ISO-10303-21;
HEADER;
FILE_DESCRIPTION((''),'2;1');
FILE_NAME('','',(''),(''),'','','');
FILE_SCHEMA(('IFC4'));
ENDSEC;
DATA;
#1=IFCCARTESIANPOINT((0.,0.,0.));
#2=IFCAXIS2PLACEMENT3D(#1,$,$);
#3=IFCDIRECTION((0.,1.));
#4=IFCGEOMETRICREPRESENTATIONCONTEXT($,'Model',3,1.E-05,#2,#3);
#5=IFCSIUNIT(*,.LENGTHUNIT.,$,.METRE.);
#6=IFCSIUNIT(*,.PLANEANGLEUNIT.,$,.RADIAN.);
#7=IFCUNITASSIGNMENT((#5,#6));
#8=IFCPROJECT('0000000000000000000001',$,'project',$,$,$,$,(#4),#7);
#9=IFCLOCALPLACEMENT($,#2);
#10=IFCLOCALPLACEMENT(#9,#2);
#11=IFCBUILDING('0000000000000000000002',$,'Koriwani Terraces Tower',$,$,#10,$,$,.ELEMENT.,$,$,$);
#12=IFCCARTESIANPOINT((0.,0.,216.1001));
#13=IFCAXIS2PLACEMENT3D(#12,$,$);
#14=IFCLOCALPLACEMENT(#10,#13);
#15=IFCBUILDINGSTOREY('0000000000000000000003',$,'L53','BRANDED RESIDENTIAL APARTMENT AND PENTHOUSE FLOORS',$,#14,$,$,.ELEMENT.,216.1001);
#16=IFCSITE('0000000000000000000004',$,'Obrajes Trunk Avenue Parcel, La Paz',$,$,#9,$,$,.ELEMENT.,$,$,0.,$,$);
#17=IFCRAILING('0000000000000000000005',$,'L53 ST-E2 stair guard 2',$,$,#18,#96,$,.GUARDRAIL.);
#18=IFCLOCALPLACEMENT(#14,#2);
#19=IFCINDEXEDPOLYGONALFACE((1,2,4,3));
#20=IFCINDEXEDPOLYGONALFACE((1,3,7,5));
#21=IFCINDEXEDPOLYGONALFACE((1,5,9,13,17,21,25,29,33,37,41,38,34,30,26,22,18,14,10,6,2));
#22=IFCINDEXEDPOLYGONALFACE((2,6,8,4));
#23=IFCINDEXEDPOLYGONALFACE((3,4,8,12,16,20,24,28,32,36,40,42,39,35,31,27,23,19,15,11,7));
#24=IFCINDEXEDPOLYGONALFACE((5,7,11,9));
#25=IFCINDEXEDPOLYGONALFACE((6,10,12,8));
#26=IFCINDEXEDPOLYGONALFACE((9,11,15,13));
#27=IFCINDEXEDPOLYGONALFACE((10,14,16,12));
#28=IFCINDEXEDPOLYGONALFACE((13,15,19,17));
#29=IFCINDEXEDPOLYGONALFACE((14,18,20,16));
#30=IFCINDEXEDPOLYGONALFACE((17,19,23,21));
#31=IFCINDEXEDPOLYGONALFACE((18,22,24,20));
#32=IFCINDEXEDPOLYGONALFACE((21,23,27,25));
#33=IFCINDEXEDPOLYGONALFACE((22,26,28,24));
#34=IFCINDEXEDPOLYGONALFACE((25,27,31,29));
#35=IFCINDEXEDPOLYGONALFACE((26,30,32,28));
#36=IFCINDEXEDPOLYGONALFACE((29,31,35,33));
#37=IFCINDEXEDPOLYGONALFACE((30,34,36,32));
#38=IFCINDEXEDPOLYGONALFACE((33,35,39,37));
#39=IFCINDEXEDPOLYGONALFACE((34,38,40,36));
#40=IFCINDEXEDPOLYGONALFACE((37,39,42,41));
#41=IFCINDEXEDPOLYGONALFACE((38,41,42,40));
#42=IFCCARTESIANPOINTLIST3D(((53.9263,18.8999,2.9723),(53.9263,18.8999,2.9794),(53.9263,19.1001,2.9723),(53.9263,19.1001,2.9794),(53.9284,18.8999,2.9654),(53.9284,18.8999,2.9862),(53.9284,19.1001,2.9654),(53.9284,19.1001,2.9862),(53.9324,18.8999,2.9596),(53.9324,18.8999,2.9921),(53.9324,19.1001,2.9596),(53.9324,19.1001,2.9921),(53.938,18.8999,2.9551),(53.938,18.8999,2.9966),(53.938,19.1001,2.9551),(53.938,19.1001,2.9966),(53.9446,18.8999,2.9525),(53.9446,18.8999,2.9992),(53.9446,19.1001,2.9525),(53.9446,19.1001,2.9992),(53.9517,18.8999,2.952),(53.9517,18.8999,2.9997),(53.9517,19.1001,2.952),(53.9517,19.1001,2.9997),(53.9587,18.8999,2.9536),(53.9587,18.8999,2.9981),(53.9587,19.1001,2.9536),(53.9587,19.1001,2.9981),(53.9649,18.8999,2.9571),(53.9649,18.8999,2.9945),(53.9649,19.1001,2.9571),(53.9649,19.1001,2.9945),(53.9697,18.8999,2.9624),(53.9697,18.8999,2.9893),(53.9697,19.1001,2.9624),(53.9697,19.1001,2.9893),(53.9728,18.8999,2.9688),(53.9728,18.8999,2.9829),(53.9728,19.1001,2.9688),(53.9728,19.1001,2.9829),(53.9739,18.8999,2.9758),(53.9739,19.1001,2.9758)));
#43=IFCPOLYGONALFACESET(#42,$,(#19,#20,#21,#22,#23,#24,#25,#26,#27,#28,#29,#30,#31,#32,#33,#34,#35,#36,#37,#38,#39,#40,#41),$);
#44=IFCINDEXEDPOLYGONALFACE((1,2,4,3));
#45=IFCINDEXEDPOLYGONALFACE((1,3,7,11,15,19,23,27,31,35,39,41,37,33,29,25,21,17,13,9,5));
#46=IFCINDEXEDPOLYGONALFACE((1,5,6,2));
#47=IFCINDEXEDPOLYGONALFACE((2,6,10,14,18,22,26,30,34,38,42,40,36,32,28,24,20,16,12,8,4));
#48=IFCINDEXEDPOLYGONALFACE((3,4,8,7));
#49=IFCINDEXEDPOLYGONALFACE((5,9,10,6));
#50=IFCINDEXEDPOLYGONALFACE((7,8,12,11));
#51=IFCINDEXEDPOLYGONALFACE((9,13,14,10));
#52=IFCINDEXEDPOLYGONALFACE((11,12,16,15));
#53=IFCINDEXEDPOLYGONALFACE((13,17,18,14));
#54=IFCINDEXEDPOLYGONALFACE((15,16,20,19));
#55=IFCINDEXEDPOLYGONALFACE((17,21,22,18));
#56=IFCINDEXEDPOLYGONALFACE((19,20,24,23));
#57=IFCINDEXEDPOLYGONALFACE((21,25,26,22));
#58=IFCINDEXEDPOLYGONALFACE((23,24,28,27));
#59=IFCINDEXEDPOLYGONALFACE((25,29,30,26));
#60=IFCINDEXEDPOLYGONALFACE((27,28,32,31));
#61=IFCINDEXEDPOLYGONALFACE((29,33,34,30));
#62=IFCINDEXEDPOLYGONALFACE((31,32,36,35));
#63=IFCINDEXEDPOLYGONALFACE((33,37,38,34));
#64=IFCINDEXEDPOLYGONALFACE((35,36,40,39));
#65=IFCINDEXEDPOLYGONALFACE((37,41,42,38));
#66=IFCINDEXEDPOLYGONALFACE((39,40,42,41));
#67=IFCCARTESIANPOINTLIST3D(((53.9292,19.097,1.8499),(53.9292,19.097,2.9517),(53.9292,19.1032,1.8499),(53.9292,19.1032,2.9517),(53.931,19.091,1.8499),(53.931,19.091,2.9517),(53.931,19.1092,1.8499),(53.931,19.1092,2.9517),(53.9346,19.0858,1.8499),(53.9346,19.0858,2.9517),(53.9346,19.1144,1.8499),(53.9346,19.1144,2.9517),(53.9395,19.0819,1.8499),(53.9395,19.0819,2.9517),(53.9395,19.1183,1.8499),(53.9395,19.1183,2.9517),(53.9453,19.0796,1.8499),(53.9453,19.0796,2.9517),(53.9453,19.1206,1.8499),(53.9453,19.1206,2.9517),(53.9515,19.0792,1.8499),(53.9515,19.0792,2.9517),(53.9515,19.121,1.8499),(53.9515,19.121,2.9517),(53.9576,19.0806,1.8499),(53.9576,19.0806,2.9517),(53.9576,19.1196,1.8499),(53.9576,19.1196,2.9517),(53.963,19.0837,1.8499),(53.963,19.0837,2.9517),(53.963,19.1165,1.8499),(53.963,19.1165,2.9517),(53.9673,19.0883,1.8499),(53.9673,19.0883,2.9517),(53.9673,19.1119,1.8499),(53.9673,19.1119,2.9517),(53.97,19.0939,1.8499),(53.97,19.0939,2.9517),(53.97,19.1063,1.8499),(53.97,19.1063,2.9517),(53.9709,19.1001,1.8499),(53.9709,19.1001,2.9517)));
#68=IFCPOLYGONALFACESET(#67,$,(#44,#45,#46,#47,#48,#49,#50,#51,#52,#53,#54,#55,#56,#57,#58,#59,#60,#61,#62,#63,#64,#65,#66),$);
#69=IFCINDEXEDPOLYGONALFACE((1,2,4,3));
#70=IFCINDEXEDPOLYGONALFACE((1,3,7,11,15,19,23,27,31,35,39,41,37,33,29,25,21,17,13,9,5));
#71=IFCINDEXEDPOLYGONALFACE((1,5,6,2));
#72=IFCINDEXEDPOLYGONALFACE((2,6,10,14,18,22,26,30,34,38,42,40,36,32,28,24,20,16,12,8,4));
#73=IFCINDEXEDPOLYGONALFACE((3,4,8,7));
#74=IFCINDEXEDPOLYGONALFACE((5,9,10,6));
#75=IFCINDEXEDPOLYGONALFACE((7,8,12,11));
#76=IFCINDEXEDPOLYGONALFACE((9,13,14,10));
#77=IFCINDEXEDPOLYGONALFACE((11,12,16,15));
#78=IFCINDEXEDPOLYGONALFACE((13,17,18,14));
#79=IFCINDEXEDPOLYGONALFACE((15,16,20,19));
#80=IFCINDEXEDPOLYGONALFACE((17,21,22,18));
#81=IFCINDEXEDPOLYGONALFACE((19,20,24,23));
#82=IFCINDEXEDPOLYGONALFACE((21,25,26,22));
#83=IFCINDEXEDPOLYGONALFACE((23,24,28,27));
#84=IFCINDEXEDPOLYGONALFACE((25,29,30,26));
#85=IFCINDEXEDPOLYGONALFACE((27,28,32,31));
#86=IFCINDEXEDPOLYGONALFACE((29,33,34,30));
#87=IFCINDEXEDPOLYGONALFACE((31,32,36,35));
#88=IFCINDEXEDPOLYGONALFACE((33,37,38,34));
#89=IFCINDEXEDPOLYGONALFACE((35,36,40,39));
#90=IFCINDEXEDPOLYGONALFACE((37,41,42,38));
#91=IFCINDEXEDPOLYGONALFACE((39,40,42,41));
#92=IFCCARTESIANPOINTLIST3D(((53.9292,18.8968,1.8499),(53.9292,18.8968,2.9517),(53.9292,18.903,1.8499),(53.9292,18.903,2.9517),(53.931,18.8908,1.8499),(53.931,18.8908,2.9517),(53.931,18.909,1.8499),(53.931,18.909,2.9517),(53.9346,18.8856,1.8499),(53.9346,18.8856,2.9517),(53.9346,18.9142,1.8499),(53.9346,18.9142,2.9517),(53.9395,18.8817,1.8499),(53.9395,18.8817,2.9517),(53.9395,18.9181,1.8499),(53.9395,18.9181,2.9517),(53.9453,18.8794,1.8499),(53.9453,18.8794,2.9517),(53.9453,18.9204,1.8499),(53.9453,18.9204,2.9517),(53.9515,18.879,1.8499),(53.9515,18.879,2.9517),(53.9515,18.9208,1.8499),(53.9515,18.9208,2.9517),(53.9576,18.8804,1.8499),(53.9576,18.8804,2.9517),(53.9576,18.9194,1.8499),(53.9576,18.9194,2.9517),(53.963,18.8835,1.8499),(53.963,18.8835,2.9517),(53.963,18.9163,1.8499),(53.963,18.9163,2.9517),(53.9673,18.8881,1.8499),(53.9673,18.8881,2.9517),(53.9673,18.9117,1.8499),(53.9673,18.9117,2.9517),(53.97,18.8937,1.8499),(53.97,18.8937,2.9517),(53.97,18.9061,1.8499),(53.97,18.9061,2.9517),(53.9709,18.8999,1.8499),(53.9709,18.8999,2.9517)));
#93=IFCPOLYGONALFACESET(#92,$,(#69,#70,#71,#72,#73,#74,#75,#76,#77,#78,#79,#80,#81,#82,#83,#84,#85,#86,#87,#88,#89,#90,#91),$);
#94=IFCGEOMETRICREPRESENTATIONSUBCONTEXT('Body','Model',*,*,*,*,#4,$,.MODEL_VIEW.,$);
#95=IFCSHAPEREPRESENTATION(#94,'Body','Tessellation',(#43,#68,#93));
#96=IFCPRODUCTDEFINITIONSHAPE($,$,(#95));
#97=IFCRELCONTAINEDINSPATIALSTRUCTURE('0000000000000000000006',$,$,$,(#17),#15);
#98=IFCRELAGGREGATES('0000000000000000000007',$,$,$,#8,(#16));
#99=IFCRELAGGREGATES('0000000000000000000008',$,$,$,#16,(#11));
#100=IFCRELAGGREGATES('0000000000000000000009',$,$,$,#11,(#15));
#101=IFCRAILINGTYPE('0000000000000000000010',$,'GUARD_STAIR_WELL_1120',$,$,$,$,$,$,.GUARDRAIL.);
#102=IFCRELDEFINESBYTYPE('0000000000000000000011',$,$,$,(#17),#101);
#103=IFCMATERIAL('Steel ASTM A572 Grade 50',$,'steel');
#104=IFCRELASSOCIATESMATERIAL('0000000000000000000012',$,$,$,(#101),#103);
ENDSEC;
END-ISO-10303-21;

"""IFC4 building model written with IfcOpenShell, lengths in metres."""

from ifc_helpers import new_model, si_unit, direction, frame, origin, origin_2d, place, context, subcontext, project, spatial, circle, extrude, material, type_object, element, save


model = new_model("IFC4")

# Units and contexts
model_context = context("Model", 3, precision=1e-05, world=origin(), true_north=direction((0.0, 1.0)))
body_context = subcontext(model_context, "Body", "Model", "MODEL_VIEW")
ifc_project = project(units=[si_unit("LENGTHUNIT", "METRE"), si_unit("PLANEANGLEUNIT", "RADIAN")], contexts=[model_context])

# Site, building, storey
site_placement = place(None, origin())
site = spatial("IfcSite", under=ifc_project, at=site_placement, Name="Obrajes Trunk Avenue Parcel, La Paz", CompositionType="ELEMENT", RefElevation=0.0)
building_placement = place(site_placement, origin())
building = spatial("IfcBuilding", under=site, at=building_placement, Name="Koriwani Terraces Tower", CompositionType="ELEMENT")
storey_placement = place(building_placement, frame((0.0, 0.0, 216.1001)))
storey = spatial("IfcBuildingStorey", under=building, at=storey_placement, Name="L53", Description="BRANDED RESIDENTIAL APARTMENT AND PENTHOUSE FLOORS", CompositionType="ELEMENT", Elevation=216.1001)

# Shared definitions
ifc_material_1 = material(Name="Steel ASTM A572 Grade 50", Category="steel")

# Railing
railing_type_1 = type_object("IfcRailingType", Name="GUARD_STAIR_WELL_1120", PredefinedType="GUARDRAIL", material=ifc_material_1)
railing_1_placement = place(storey_placement, frame((53.95, 19.1001, 1.8499)))
element("IfcRailing", 1, at=railing_1_placement, inside=storey, type_object=railing_type_1, Name="L53 ST-E2 stair guard 2", PredefinedType="GUARDRAIL", context=body_context, shape_type="SweptSolid", body=[
    extrude(circle(Radius=0.0239, at=origin_2d()), frame((0.0, 0.0, 1.126), z_axis=(0.0, -1.0, 0.0), x_axis=(1.0, 0.0, 0.0)), (0.0, 0.0, 1.0), 0.2002),
    extrude(circle(Radius=0.021, at=origin_2d()), origin(), (0.0, 0.0, 1.0), 1.1018),
    extrude(circle(Radius=0.021, at=origin_2d()), frame((0.0, -0.2002, 0.0)), (0.0, 0.0, 1.0), 1.1018),
])

save(model, "model.ifc")
